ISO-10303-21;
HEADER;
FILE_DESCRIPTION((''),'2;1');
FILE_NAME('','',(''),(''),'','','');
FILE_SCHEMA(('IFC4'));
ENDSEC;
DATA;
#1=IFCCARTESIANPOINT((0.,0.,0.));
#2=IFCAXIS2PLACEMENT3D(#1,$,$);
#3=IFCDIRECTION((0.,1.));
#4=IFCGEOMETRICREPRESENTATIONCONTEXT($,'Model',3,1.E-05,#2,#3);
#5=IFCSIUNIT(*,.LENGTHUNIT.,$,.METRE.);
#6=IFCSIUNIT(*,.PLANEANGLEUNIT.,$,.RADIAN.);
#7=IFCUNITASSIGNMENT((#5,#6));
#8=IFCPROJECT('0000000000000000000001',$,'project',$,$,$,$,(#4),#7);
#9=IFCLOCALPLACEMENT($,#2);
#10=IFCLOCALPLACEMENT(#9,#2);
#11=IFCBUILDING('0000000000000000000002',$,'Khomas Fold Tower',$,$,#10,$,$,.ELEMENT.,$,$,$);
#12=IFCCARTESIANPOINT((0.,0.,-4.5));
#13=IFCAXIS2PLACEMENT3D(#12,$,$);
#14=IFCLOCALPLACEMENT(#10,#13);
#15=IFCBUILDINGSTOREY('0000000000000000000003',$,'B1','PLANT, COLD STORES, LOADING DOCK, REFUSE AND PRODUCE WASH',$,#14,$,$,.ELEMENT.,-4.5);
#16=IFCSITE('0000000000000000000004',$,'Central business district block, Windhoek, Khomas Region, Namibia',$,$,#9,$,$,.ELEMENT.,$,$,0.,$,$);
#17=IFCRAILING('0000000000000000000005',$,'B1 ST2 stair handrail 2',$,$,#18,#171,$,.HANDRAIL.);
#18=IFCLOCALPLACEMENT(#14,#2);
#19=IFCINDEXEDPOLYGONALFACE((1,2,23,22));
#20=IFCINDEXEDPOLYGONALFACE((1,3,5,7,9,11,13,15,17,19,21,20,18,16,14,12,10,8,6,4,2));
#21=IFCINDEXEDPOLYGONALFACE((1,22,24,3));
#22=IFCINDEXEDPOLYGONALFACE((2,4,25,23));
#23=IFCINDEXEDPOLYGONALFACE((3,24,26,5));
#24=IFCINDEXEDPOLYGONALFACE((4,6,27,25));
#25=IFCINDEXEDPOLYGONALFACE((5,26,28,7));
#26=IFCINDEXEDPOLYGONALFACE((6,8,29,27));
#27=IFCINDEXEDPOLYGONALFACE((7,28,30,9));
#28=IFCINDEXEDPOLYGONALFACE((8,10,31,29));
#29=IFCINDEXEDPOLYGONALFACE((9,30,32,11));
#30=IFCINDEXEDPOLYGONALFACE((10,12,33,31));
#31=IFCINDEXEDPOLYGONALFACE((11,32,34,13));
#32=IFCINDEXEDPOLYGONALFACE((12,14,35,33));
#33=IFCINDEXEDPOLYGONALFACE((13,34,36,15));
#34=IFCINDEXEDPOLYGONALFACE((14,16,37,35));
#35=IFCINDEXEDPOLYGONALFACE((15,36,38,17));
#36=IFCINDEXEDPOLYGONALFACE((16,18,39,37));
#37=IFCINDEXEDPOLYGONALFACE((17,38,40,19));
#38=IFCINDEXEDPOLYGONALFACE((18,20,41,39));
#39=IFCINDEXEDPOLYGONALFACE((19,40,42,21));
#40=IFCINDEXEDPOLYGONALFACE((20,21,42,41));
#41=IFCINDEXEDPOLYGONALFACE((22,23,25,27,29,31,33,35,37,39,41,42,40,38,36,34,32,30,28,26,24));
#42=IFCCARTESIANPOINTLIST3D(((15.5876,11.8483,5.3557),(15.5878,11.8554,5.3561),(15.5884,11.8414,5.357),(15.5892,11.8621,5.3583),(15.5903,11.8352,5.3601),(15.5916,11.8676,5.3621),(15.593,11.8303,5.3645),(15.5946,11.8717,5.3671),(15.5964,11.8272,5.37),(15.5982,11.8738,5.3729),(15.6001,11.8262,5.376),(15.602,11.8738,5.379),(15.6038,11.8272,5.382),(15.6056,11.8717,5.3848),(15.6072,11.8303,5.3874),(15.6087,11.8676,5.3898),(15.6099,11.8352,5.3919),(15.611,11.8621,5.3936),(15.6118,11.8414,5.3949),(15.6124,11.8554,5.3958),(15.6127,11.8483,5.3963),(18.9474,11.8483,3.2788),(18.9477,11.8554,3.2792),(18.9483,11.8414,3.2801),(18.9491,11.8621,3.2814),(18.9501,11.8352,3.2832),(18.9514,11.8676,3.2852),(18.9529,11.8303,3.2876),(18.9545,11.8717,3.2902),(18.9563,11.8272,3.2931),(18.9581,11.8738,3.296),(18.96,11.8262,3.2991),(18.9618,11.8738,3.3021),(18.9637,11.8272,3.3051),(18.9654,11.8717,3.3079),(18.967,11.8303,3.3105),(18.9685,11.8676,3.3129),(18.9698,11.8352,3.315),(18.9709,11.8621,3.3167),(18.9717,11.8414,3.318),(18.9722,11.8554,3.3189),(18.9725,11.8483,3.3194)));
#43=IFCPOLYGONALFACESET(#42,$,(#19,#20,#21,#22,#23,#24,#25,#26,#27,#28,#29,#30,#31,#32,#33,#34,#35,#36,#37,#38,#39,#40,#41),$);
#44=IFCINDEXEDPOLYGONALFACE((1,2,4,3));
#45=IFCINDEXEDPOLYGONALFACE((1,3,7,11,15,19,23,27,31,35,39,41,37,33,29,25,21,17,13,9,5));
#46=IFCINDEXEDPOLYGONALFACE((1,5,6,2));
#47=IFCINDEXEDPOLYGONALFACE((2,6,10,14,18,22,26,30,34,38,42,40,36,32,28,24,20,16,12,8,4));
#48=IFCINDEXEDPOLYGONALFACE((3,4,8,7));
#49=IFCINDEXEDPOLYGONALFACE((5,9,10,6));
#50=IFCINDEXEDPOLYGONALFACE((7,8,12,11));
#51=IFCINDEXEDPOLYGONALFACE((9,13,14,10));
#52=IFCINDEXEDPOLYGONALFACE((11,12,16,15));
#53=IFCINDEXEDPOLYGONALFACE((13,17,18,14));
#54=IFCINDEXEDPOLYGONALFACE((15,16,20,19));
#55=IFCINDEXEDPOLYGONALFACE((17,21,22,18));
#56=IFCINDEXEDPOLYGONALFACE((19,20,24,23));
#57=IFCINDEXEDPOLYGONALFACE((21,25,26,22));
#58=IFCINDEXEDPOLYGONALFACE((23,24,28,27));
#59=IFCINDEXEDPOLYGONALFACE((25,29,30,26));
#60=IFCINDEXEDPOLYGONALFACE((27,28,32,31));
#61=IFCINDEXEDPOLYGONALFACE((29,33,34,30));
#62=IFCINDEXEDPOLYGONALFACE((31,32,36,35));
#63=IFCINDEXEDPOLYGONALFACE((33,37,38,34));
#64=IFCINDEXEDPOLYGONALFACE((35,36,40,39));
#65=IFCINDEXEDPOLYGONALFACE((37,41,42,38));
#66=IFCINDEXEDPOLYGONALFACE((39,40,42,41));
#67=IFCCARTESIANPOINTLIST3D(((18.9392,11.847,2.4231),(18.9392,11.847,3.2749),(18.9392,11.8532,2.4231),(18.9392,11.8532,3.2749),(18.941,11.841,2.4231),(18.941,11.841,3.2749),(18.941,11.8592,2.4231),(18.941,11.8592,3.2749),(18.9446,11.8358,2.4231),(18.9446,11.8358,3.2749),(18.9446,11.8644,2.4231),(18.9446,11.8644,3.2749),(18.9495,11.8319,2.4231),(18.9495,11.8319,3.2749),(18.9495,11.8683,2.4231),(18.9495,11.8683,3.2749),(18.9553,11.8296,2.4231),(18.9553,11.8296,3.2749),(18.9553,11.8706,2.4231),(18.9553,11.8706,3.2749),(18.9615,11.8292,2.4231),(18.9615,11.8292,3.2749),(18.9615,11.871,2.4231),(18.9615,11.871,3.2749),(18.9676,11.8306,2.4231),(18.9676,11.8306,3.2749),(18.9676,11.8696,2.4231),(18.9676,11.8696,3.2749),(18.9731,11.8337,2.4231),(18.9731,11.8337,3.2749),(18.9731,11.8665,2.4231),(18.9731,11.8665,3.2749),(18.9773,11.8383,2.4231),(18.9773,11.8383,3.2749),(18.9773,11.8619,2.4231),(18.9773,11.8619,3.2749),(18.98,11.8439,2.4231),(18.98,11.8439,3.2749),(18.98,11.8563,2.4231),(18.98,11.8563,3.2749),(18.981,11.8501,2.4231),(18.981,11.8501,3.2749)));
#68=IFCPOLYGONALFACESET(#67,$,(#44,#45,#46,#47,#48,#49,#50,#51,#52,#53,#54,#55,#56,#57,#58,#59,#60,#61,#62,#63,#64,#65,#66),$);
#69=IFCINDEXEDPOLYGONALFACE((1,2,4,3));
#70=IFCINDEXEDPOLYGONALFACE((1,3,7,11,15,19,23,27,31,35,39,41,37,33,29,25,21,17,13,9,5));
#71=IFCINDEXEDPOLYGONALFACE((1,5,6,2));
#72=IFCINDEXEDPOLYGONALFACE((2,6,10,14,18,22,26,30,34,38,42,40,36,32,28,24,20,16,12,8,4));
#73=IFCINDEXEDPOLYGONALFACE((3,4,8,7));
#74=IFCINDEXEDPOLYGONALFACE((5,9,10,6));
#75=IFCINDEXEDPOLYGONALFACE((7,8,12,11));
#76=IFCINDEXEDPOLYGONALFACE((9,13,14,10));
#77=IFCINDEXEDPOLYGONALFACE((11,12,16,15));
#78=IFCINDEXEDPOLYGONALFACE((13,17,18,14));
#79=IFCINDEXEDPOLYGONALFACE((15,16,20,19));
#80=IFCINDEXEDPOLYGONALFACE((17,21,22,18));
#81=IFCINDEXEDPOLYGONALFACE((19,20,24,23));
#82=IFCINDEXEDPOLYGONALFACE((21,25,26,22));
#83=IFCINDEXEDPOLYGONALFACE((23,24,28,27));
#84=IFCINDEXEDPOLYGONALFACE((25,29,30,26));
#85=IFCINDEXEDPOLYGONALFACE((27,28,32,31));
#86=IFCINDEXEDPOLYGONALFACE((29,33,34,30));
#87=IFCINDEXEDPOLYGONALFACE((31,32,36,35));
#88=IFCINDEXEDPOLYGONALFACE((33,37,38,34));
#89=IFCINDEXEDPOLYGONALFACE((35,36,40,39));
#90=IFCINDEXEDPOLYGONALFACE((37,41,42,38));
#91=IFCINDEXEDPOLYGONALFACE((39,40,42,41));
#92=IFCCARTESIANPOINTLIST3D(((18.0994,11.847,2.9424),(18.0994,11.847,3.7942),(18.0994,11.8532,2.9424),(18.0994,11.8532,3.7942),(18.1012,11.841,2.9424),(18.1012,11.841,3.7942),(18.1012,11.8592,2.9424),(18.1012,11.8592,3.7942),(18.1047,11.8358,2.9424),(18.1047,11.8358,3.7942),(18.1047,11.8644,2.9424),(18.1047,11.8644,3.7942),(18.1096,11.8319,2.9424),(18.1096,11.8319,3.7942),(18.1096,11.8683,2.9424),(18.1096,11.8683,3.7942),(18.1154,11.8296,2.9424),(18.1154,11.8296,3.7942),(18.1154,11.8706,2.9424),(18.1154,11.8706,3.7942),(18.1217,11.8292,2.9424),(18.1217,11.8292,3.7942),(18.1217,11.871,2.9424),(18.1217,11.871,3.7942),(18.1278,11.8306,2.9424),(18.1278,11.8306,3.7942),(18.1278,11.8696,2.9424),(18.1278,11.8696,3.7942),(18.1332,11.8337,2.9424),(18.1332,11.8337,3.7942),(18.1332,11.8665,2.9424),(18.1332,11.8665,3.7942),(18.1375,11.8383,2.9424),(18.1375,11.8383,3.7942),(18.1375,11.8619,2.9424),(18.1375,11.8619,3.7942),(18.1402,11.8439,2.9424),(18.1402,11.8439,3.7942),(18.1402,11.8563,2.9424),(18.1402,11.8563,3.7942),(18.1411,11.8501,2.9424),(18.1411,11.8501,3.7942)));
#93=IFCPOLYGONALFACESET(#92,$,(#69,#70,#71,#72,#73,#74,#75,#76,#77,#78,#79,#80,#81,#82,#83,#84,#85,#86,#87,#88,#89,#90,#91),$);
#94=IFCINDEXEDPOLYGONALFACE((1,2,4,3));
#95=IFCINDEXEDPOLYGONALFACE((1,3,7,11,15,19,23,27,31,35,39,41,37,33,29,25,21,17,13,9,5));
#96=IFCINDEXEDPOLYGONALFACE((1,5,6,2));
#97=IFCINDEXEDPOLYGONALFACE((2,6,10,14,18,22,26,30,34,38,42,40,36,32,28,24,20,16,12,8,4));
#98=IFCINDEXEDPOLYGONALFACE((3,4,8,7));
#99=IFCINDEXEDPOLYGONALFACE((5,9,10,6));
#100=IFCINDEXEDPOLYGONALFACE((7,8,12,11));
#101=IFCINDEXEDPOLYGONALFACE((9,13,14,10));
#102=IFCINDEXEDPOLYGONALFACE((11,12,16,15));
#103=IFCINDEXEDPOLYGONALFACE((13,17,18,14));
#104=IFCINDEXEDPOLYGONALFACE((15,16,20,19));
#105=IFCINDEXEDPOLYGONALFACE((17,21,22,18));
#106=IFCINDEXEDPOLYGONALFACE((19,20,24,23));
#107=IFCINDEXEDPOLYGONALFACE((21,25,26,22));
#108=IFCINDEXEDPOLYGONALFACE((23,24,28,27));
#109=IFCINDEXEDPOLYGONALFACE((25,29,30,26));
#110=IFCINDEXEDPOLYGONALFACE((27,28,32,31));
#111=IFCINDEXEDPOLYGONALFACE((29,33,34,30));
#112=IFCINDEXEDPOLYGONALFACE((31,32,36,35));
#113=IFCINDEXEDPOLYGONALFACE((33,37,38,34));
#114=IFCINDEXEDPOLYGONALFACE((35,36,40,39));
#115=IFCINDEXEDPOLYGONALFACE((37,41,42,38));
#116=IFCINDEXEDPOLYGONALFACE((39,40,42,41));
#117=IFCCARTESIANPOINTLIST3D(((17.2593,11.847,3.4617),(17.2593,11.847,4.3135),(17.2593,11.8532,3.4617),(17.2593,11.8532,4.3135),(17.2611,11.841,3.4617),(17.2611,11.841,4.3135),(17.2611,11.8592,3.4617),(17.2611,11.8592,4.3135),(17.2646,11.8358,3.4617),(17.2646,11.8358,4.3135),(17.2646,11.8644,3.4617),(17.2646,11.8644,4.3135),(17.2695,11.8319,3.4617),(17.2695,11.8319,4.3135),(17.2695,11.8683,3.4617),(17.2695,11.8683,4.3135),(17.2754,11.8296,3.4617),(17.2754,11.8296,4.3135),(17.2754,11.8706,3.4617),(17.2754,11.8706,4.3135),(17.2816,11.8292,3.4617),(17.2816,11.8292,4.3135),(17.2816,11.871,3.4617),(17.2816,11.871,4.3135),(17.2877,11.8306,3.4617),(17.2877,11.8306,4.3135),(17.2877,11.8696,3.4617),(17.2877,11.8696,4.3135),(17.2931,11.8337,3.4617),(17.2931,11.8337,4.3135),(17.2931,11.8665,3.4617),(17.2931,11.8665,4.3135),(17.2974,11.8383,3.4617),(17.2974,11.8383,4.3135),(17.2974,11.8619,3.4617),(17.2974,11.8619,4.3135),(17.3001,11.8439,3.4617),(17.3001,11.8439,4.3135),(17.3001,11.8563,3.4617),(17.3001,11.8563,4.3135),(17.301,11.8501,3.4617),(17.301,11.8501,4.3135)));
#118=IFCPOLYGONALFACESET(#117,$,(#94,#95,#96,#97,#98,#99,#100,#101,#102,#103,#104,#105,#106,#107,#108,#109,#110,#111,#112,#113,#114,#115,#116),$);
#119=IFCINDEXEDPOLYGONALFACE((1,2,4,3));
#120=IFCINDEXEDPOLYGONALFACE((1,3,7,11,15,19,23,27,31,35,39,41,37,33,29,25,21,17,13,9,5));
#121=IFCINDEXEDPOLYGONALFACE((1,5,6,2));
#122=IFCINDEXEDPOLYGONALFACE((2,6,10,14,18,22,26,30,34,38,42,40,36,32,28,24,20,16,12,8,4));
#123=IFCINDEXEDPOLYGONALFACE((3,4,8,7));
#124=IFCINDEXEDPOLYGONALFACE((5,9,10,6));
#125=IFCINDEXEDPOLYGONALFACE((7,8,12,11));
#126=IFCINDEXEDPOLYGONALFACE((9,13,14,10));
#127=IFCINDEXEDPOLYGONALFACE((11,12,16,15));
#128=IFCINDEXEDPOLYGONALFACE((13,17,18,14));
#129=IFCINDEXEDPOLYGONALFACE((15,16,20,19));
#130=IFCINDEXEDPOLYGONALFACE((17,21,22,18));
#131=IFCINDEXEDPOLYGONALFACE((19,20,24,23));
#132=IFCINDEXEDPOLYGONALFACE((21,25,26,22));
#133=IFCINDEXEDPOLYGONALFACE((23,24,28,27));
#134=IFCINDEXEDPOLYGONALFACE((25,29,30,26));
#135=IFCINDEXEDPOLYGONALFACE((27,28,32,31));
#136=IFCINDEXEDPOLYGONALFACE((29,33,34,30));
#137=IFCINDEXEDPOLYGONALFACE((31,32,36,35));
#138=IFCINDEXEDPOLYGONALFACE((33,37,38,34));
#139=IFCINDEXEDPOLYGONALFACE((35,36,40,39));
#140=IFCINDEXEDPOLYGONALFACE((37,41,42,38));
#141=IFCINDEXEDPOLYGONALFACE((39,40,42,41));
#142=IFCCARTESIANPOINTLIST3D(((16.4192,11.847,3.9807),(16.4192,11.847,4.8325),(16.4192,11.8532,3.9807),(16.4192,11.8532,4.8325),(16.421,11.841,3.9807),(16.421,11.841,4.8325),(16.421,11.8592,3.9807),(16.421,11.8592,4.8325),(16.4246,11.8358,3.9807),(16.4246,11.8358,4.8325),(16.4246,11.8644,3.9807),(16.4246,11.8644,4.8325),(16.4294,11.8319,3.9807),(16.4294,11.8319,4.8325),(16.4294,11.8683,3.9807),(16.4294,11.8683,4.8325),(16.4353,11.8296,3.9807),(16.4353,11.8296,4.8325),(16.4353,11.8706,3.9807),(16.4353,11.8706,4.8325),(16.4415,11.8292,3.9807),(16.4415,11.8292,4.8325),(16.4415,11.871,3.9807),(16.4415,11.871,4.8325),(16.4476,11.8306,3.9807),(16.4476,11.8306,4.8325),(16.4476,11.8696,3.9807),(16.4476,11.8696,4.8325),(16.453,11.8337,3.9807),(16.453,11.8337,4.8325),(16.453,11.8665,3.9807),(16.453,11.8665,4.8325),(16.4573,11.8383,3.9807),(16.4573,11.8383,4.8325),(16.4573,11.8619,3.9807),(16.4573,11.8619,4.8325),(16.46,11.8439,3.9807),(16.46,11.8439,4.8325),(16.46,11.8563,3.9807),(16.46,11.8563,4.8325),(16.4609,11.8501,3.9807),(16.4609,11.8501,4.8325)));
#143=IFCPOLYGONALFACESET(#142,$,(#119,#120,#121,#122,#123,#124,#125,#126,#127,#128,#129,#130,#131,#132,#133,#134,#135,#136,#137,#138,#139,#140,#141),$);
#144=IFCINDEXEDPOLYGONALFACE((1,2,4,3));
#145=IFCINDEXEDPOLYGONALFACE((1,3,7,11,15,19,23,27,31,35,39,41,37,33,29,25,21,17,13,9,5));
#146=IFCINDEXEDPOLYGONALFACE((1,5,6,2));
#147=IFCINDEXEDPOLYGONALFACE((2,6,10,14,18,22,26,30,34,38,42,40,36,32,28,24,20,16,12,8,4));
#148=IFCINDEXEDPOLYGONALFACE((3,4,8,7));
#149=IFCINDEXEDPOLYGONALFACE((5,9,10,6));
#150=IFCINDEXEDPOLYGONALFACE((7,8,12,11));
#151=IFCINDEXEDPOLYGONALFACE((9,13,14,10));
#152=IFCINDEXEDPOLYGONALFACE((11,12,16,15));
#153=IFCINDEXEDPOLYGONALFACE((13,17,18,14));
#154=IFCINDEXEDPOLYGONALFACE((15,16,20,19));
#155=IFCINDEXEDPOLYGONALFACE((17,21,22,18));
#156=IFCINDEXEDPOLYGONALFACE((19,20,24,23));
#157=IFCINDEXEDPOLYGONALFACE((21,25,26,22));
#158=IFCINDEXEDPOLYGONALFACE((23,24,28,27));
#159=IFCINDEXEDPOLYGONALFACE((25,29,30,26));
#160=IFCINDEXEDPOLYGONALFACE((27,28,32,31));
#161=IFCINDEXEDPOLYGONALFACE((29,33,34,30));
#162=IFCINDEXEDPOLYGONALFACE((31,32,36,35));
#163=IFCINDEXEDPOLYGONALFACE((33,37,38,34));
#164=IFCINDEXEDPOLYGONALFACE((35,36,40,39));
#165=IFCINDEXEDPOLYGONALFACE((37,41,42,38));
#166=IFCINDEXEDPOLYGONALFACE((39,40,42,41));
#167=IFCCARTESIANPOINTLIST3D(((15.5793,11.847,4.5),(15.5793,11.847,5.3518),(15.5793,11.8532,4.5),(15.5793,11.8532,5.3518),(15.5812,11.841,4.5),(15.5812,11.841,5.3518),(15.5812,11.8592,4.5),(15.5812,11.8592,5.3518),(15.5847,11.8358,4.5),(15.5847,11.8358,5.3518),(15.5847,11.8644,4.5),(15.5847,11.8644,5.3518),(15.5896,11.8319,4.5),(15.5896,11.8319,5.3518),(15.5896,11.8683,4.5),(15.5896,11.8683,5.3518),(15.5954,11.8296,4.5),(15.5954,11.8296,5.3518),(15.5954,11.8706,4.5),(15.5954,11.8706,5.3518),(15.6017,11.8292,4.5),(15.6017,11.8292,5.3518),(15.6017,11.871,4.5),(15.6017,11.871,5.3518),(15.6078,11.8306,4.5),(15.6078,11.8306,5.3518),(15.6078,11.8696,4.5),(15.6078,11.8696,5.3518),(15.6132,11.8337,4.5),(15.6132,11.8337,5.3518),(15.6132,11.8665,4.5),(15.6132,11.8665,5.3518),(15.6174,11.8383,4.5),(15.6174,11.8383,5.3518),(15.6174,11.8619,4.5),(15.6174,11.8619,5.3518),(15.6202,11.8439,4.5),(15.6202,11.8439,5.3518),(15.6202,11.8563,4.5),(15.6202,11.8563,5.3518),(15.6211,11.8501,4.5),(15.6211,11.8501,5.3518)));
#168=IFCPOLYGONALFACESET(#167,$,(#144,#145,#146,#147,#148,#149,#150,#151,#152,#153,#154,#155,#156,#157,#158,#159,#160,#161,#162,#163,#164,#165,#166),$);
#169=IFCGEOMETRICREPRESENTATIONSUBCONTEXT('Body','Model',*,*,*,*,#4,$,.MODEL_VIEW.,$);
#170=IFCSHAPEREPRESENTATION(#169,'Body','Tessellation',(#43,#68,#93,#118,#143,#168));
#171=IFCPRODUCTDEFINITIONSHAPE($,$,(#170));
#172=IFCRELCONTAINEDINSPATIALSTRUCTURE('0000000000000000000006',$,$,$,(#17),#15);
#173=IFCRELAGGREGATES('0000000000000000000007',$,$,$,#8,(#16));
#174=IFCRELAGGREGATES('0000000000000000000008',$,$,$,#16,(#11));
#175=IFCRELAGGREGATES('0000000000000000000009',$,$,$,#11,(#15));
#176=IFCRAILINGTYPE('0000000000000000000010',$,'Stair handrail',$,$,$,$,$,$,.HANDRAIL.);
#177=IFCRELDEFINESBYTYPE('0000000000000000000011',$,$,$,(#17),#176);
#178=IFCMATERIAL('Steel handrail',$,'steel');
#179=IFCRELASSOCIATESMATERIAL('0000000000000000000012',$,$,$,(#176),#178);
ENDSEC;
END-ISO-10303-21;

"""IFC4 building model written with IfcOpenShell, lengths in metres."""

from ifc_helpers import new_model, si_unit, direction, frame, origin, origin_2d, place, context, subcontext, project, spatial, circle, extrude, source, transform, mapped, material, type_object, element, save


model = new_model("IFC4")

# Units and contexts
model_context = context("Model", 3, precision=1e-05, world=origin(), true_north=direction((0.0, 1.0)))
body_context = subcontext(model_context, "Body", "Model", "MODEL_VIEW")
ifc_project = project(units=[si_unit("LENGTHUNIT", "METRE"), si_unit("PLANEANGLEUNIT", "RADIAN")], contexts=[model_context])

# Site, building, storey
site_placement = place(None, origin())
site = spatial("IfcSite", under=ifc_project, at=site_placement, Name="Central business district block, Windhoek, Khomas Region, Namibia", CompositionType="ELEMENT", RefElevation=0.0)
building_placement = place(site_placement, origin())
building = spatial("IfcBuilding", under=site, at=building_placement, Name="Khomas Fold Tower", CompositionType="ELEMENT")
storey_placement = place(building_placement, frame((0.0, 0.0, -4.5)))
storey = spatial("IfcBuildingStorey", under=building, at=storey_placement, Name="B1", Description="PLANT, COLD STORES, LOADING DOCK, REFUSE AND PRODUCE WASH", CompositionType="ELEMENT", Elevation=-4.5)

# Railing
ifc_material_1 = material(Name="Steel handrail", Category="steel")
railing_type_1 = type_object("IfcRailingType", Name="Stair handrail", PredefinedType="HANDRAIL", material=ifc_material_1)
shared_shape_1 = source(origin(), body_context, "Body", "SweptSolid", [
    extrude(circle(Radius=0.0239, at=origin_2d()), frame((0.0, 0.0, 0.876), z_axis=(-0.850606, 0.0, 0.525803), x_axis=(0.0, -1.0, 0.0)), (0.0, 0.0, 1.0), 3.95),
    extrude(circle(Radius=0.021, at=origin_2d()), origin(), (0.0, 0.0, 1.0), 0.8518),
    extrude(circle(Radius=0.021, at=origin_2d()), frame((-0.8398, 0.0, 0.5193)), (0.0, 0.0, 1.0), 0.8518),
    extrude(circle(Radius=0.021, at=origin_2d()), frame((-1.6799, 0.0, 1.0386)), (0.0, 0.0, 1.0), 0.8518),
    extrude(circle(Radius=0.021, at=origin_2d()), frame((-2.52, 0.0, 1.5576)), (0.0, 0.0, 1.0), 0.8518),
    extrude(circle(Radius=0.021, at=origin_2d()), frame((-3.3599, 0.0, 2.0769)), (0.0, 0.0, 1.0), 0.8518),
])
railing_1_placement = place(storey_placement, frame((18.96, 11.8501, 2.4231)))
element("IfcRailing", 1, at=railing_1_placement, inside=storey, type_object=railing_type_1, Name="B1 ST2 stair handrail 2", PredefinedType="HANDRAIL", context=body_context, shape_type="MappedRepresentation", body=[
    mapped(shared_shape_1, transform((0.0, 0.0, 0.0))),
])

save(model, "model.ifc")
